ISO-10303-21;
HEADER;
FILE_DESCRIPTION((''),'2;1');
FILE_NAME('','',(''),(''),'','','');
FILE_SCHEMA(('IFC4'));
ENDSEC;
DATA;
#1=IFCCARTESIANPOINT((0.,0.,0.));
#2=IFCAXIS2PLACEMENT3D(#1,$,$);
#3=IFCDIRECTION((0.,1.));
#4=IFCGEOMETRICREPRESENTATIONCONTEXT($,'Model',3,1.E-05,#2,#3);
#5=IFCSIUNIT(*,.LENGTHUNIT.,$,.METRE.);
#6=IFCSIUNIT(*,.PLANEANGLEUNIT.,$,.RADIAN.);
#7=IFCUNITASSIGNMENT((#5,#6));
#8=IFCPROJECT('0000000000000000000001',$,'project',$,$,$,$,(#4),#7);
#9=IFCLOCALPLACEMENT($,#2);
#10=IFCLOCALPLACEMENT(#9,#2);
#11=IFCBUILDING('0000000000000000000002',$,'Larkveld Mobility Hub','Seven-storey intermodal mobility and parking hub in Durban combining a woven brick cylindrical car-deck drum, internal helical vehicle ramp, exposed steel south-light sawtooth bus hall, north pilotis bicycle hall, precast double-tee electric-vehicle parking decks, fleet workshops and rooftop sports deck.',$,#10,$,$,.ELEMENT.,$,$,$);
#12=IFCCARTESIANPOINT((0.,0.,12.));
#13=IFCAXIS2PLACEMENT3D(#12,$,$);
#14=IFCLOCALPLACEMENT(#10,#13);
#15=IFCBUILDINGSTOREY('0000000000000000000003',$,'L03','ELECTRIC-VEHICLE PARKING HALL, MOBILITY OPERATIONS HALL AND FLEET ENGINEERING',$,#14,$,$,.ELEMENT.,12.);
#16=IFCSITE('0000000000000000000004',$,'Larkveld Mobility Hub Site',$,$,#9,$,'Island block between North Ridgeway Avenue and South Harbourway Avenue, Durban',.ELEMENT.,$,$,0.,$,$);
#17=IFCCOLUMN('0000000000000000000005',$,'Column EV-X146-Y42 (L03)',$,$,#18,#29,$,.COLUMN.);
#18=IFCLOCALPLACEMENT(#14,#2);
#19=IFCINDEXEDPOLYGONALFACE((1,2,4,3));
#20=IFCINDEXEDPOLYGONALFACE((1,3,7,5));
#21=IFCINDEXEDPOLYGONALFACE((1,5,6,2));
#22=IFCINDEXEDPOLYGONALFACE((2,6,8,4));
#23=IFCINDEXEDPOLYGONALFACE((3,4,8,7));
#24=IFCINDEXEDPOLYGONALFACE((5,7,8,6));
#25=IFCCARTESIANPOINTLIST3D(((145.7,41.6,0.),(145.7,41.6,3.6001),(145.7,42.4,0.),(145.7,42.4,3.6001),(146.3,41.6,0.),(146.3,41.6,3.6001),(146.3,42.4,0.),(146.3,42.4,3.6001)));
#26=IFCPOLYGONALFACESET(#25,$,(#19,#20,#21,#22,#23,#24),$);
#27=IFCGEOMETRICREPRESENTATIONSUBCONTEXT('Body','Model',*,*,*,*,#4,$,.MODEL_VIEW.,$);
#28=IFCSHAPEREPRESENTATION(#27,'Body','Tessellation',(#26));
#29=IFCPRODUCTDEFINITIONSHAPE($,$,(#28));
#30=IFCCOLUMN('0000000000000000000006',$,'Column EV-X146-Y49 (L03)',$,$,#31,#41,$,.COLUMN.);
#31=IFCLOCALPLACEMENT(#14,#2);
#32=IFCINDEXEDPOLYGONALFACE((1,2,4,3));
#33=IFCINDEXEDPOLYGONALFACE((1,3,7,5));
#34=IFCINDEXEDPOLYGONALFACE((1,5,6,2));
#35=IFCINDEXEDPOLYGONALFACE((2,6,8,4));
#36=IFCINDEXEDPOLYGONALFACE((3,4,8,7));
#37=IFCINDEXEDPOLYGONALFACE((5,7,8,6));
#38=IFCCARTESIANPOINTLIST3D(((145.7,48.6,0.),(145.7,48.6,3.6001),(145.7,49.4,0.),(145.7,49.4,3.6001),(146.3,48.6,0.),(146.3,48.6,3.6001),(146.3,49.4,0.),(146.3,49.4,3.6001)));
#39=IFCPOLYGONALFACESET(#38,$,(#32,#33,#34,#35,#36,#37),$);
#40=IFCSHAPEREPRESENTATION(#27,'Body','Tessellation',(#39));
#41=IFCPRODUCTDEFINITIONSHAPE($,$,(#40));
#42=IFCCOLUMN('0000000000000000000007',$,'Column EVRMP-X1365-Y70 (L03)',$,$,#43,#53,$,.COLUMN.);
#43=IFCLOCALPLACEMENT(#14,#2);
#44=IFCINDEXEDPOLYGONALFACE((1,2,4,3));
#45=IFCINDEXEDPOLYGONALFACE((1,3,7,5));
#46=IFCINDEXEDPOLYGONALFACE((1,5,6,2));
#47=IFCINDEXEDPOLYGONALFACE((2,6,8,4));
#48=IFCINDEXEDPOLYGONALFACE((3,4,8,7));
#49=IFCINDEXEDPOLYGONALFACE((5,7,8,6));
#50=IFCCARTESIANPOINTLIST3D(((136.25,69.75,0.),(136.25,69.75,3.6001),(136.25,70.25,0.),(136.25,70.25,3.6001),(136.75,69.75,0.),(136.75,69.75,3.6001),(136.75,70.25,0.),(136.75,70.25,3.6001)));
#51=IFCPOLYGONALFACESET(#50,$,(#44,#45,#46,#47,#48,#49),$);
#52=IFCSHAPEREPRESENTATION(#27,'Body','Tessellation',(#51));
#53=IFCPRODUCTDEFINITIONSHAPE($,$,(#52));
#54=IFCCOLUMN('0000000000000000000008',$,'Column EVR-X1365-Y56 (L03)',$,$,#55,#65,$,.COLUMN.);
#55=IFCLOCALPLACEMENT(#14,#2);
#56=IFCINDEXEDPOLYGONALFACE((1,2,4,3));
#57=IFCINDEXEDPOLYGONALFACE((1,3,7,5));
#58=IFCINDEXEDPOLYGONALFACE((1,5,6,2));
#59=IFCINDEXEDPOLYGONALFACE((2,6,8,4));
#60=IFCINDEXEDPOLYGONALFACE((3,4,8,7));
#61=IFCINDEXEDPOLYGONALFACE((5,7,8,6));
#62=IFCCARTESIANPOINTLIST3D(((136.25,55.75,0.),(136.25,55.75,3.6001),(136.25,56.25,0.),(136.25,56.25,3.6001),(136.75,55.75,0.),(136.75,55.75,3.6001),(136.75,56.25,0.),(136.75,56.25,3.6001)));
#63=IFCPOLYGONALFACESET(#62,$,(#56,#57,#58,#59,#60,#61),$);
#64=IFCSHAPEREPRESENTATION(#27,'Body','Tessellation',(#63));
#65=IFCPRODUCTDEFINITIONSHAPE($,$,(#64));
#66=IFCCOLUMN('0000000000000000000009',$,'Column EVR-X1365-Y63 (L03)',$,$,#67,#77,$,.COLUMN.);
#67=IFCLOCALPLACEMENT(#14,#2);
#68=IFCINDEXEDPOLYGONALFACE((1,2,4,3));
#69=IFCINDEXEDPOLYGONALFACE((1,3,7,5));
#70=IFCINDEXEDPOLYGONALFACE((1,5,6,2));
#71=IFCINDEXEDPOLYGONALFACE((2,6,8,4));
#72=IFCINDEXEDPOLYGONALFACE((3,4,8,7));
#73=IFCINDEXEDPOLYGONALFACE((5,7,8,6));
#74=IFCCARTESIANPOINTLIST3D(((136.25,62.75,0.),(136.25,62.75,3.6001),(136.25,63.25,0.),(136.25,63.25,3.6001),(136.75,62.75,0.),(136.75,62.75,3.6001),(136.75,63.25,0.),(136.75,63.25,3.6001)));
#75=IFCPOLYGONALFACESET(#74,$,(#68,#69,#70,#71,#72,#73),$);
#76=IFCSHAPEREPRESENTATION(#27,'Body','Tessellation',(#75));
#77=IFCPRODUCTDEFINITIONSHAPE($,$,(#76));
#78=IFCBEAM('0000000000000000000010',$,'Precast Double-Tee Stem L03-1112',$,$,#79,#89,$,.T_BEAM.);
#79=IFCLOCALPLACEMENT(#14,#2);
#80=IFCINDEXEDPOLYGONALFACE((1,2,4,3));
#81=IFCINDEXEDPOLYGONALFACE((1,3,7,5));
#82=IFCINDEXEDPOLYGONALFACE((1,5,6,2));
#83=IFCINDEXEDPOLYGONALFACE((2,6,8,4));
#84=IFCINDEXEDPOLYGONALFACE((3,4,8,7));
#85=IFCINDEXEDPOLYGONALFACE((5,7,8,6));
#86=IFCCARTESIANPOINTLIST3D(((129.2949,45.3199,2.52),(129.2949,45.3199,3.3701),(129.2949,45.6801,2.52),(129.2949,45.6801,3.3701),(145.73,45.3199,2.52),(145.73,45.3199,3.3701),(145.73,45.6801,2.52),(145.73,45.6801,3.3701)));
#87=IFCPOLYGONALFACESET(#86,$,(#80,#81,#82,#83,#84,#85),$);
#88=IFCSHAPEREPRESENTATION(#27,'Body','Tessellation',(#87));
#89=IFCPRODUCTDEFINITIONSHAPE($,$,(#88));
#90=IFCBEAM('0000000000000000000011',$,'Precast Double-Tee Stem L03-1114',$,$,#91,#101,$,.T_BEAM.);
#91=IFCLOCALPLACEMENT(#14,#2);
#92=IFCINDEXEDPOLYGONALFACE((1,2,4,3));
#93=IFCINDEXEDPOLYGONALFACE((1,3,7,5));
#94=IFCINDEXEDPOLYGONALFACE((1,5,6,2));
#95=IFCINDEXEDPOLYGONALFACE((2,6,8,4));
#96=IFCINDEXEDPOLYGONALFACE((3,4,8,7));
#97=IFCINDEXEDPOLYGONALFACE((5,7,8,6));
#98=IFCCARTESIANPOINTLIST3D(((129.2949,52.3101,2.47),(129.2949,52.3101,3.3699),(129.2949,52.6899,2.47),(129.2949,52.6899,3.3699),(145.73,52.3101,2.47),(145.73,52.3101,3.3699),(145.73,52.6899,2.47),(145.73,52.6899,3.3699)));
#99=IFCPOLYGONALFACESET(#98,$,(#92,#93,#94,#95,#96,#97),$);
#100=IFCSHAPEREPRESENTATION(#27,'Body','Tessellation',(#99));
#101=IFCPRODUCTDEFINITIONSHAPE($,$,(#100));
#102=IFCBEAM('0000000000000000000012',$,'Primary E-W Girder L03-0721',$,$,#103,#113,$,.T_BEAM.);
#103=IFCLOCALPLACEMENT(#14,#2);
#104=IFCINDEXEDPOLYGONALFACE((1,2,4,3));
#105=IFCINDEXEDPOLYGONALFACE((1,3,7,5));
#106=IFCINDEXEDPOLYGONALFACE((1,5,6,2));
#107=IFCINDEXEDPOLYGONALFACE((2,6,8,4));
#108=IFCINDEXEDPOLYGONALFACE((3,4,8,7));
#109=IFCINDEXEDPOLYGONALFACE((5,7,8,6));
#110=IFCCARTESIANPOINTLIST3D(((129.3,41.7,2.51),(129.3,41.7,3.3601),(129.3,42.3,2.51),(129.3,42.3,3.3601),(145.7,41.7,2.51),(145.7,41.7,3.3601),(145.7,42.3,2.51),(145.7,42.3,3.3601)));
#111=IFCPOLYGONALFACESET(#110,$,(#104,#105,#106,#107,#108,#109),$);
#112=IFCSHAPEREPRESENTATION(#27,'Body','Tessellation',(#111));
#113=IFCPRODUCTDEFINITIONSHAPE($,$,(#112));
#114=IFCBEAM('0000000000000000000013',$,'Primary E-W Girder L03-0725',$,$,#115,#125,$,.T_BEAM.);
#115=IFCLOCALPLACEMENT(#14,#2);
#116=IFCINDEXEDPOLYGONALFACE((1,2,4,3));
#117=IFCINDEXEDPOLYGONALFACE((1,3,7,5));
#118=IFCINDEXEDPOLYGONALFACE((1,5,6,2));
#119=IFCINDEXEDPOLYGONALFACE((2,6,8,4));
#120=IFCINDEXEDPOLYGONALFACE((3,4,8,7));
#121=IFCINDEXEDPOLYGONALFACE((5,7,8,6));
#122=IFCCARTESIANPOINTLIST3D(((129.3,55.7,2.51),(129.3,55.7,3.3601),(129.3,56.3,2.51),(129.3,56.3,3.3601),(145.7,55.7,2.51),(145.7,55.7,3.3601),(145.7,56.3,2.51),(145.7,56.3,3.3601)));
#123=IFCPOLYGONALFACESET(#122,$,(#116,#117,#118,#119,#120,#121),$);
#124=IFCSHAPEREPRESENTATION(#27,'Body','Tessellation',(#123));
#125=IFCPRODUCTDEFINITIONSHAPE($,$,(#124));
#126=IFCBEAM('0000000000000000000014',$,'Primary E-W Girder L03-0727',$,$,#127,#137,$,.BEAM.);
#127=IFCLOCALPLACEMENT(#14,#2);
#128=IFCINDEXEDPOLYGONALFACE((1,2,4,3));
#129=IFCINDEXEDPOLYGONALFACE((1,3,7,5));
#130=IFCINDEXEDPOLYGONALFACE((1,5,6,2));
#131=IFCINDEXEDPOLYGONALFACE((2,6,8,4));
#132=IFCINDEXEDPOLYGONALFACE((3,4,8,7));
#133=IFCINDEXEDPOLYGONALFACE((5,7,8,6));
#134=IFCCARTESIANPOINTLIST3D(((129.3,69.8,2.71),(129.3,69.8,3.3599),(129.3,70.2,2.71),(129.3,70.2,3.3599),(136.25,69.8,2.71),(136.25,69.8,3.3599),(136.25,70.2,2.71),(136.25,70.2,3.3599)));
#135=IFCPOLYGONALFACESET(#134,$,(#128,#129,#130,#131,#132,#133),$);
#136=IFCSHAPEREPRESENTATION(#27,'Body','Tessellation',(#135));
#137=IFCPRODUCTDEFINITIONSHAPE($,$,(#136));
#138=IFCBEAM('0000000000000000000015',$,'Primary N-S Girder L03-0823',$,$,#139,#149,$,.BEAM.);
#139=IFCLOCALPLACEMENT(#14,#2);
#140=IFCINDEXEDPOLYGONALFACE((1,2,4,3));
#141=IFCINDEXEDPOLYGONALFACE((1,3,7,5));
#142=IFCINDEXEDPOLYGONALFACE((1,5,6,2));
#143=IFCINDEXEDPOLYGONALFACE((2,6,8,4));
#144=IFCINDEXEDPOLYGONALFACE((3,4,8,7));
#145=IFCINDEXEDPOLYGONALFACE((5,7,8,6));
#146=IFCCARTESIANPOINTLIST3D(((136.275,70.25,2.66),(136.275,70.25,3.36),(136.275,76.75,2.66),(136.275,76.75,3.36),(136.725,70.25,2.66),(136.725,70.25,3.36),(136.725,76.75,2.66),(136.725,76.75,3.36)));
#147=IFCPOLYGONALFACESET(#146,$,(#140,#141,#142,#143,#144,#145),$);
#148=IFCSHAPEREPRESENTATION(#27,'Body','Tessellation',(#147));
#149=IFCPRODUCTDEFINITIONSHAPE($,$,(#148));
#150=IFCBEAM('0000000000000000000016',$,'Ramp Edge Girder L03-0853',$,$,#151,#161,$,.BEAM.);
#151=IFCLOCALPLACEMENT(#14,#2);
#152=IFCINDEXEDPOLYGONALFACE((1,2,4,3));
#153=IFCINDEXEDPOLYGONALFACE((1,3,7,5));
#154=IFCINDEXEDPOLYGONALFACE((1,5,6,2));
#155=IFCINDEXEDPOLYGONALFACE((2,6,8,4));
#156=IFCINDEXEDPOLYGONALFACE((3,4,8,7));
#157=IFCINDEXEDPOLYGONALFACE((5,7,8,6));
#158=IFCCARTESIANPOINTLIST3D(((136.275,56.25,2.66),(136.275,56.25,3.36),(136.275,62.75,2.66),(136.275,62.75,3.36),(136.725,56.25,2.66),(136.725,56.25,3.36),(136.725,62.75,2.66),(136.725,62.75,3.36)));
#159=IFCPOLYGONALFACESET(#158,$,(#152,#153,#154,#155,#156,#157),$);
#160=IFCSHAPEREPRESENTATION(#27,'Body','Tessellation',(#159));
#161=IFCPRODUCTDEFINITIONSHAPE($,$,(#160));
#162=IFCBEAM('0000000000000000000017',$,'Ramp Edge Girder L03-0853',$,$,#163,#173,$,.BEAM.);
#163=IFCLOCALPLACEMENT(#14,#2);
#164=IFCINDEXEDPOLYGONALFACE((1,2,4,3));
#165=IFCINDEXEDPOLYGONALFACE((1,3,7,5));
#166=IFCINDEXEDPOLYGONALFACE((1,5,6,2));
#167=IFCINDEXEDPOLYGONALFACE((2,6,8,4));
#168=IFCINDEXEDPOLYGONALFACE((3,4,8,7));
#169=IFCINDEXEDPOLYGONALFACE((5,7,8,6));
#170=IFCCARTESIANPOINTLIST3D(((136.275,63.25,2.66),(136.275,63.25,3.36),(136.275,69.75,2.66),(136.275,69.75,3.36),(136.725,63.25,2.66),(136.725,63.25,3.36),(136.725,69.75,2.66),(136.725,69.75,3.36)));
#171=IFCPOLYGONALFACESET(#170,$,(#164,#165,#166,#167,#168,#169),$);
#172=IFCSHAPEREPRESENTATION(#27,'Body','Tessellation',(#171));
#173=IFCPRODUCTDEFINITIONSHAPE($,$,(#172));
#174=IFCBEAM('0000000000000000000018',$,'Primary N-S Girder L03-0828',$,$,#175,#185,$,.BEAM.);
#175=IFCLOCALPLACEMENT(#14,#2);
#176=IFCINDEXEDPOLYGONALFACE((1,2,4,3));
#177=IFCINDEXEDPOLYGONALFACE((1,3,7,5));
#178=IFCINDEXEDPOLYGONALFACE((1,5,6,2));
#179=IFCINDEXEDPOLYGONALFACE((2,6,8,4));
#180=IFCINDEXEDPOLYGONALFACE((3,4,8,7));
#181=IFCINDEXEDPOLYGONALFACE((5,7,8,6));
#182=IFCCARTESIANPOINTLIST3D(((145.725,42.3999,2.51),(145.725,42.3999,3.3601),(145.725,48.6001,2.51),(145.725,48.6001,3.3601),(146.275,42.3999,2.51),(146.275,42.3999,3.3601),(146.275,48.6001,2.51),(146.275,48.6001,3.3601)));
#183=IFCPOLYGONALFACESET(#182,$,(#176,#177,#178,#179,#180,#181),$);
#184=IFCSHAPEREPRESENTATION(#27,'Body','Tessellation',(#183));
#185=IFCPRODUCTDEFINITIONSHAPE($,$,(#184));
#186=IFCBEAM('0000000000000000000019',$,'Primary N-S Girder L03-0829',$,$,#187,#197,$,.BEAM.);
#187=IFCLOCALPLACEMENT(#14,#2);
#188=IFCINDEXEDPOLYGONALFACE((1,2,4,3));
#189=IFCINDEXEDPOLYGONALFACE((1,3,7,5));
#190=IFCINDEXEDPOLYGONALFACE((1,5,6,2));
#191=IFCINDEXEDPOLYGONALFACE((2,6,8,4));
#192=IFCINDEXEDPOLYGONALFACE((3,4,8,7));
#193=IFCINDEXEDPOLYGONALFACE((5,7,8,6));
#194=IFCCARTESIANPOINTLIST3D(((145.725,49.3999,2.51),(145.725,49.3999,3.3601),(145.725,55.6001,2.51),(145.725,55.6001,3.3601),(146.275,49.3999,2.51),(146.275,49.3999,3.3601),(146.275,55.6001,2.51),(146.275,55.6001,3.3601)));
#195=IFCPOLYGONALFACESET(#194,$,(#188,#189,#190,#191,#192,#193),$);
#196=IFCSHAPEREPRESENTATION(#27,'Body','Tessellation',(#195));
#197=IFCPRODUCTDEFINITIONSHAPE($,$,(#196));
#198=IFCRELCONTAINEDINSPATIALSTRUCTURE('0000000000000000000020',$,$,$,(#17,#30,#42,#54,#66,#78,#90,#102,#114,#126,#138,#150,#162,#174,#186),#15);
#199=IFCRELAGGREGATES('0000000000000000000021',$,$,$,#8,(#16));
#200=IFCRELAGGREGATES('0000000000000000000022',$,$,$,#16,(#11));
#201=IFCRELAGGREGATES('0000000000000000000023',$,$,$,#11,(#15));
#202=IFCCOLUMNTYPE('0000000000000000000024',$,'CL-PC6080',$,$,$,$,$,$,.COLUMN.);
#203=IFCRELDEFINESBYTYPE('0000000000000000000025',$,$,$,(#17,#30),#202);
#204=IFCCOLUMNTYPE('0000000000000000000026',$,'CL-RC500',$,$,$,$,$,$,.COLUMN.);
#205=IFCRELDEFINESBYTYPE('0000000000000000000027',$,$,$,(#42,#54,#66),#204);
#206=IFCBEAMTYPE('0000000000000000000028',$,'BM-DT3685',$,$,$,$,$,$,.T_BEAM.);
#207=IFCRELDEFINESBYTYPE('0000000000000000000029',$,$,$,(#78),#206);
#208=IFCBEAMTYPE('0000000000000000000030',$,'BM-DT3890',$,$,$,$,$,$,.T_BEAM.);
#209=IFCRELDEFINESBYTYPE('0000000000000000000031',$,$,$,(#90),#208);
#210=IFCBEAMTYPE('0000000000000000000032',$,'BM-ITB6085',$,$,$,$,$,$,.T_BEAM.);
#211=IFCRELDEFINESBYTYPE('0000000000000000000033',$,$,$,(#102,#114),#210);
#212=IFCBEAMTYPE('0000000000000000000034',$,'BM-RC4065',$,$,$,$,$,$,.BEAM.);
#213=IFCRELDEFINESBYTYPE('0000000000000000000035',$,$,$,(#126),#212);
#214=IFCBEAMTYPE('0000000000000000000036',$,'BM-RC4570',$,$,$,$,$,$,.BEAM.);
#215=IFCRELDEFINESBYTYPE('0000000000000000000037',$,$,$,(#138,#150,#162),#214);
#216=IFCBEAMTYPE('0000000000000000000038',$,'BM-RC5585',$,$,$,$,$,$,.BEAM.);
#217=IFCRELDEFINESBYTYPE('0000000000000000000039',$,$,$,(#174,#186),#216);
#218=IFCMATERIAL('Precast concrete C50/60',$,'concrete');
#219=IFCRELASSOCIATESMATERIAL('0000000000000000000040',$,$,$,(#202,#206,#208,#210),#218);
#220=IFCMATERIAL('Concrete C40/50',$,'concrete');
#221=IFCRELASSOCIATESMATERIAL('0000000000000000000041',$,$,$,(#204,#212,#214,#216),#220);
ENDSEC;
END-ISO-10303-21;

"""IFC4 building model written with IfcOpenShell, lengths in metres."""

from ifc_helpers import new_model, si_unit, direction, frame, origin, origin_2d, place, context, subcontext, project, spatial, rectangle, extrude, material, material_profile, profile_set, type_object, element, save


model = new_model("IFC4")

# Units and contexts
model_context = context("Model", 3, precision=1e-05, world=origin(), true_north=direction((0.0, 1.0)))
body_context = subcontext(model_context, "Body", "Model", "MODEL_VIEW")
ifc_project = project(units=[si_unit("LENGTHUNIT", "METRE"), si_unit("PLANEANGLEUNIT", "RADIAN")], contexts=[model_context])

# Site, building, storey
site_placement = place(None, origin())
site = spatial("IfcSite", under=ifc_project, at=site_placement, Name="Larkveld Mobility Hub Site", LongName="Island block between North Ridgeway Avenue and South Harbourway Avenue, Durban", CompositionType="ELEMENT", RefElevation=0.0)
building_placement = place(site_placement, origin())
building = spatial("IfcBuilding", under=site, at=building_placement, Name="Larkveld Mobility Hub", Description="Seven-storey intermodal mobility and parking hub in Durban combining a woven brick cylindrical car-deck drum, internal helical vehicle ramp, exposed steel south-light sawtooth bus hall, north pilotis bicycle hall, precast double-tee electric-vehicle parking decks, fleet workshops and rooftop sports deck.", CompositionType="ELEMENT")
storey_placement = place(building_placement, frame((0.0, 0.0, 12.0)))
storey = spatial("IfcBuildingStorey", under=building, at=storey_placement, Name="L03", Description="ELECTRIC-VEHICLE PARKING HALL, MOBILITY OPERATIONS HALL AND FLEET ENGINEERING", CompositionType="ELEMENT", Elevation=12.0)

# Columns
ifc_material_1 = material(Name="Precast concrete C50/60", Category="concrete")
ifc_material_profile_1 = material_profile(ifc_material_1, rectangle(XDim=0.6001, YDim=0.8, at=origin_2d()), Name="RC COL 600x800")
ifc_profile_set_1 = profile_set([ifc_material_profile_1], Name="Precast concrete C50/60")
column_type_1 = type_object("IfcColumnType", Name="CL-PC6080", PredefinedType="COLUMN", material=ifc_profile_set_1)
for number, where, z_axis, x_axis, name in (
    (1, (146.0, 42.0, 0.0), (0.0, 0.0, 1.0), (1.0, 0.0, 0.0), "Column EV-X146-Y42 (L03)"),
    (2, (146.0, 49.0, 0.0), (0.0, 0.0, 1.0), (1.0, 0.0, 0.0), "Column EV-X146-Y49 (L03)"),
):
    element("IfcColumn", number, at=place(storey_placement, frame(where, z_axis=z_axis, x_axis=x_axis)), inside=storey, type_object=column_type_1, Name=name, PredefinedType="COLUMN", context=body_context, shape_type="SweptSolid", body=[
        extrude(rectangle(XDim=0.6001, YDim=0.8, at=origin_2d()), origin(), (0.0, 0.0, 1.0), 3.6001),
    ])
ifc_material_2 = material(Name="Concrete C40/50", Category="concrete")
ifc_material_profile_2 = material_profile(ifc_material_2, rectangle(XDim=0.5, YDim=0.5, at=origin_2d()), Name="RC COL 500x500")
ifc_profile_set_2 = profile_set([ifc_material_profile_2], Name="Concrete C40/50")
column_type_2 = type_object("IfcColumnType", Name="CL-RC500", PredefinedType="COLUMN", material=ifc_profile_set_2)
for number, where, z_axis, x_axis, name in (
    (3, (136.5, 70.0, 0.0), (0.0, 0.0, 1.0), (1.0, 0.0, 0.0), "Column EVRMP-X1365-Y70 (L03)"),
    (4, (136.5, 56.0, 0.0), (0.0, 0.0, 1.0), (1.0, 0.0, 0.0), "Column EVR-X1365-Y56 (L03)"),
    (5, (136.5, 63.0, 0.0), (0.0, 0.0, 1.0), (1.0, 0.0, 0.0), "Column EVR-X1365-Y63 (L03)"),
):
    element("IfcColumn", number, at=place(storey_placement, frame(where, z_axis=z_axis, x_axis=x_axis)), inside=storey, type_object=column_type_2, Name=name, PredefinedType="COLUMN", context=body_context, shape_type="SweptSolid", body=[
        extrude(rectangle(XDim=0.5, YDim=0.5, at=origin_2d()), origin(), (0.0, 0.0, 1.0), 3.6001),
    ])

# Beams
ifc_material_profile_3 = material_profile(ifc_material_1, rectangle(XDim=0.3601, YDim=0.8501, at=origin_2d()), Name="PC DT 360x850")
ifc_profile_set_3 = profile_set([ifc_material_profile_3], Name="Precast concrete C50/60")
beam_type_1 = type_object("IfcBeamType", Name="BM-DT3685", PredefinedType="T_BEAM", material=ifc_profile_set_3)
beam_1_placement = place(storey_placement, frame((129.2949, 45.5, 2.9451), z_axis=(1.0, 0.0, 0.0), x_axis=(0.0, 1.0, 0.0)))
element("IfcBeam", 6, at=beam_1_placement, inside=storey, type_object=beam_type_1, Name="Precast Double-Tee Stem L03-1112", PredefinedType="T_BEAM", context=body_context, shape_type="SweptSolid", body=[
    extrude(rectangle(XDim=0.3601, YDim=0.8501, at=origin_2d()), origin(), (0.0, 0.0, 1.0), 16.4351),
])
ifc_material_profile_4 = material_profile(ifc_material_1, rectangle(XDim=0.3799, YDim=0.8999, at=origin_2d()), Name="PC DT 380x900")
ifc_profile_set_4 = profile_set([ifc_material_profile_4], Name="Precast concrete C50/60")
beam_type_2 = type_object("IfcBeamType", Name="BM-DT3890", PredefinedType="T_BEAM", material=ifc_profile_set_4)
beam_2_placement = place(storey_placement, frame((129.2949, 52.5, 2.9199), z_axis=(1.0, 0.0, 0.0), x_axis=(0.0, 1.0, 0.0)))
element("IfcBeam", 7, at=beam_2_placement, inside=storey, type_object=beam_type_2, Name="Precast Double-Tee Stem L03-1114", PredefinedType="T_BEAM", context=body_context, shape_type="SweptSolid", body=[
    extrude(rectangle(XDim=0.3799, YDim=0.8999, at=origin_2d()), origin(), (0.0, 0.0, 1.0), 16.4351),
])
ifc_material_profile_5 = material_profile(ifc_material_1, rectangle(XDim=0.6001, YDim=0.8501, at=origin_2d()), Name="PC ITB 600x850")
ifc_profile_set_5 = profile_set([ifc_material_profile_5], Name="Precast concrete C50/60")
beam_type_3 = type_object("IfcBeamType", Name="BM-ITB6085", PredefinedType="T_BEAM", material=ifc_profile_set_5)
for number, where, z_axis, x_axis, name in (
    (8, (129.3, 42.0, 2.9351), (1.0, 0.0, 0.0), (0.0, 1.0, 0.0), "Primary E-W Girder L03-0721"),
    (9, (129.3, 56.0, 2.9351), (1.0, 0.0, 0.0), (0.0, 1.0, 0.0), "Primary E-W Girder L03-0725"),
):
    element("IfcBeam", number, at=place(storey_placement, frame(where, z_axis=z_axis, x_axis=x_axis)), inside=storey, type_object=beam_type_3, Name=name, PredefinedType="T_BEAM", context=body_context, shape_type="SweptSolid", body=[
        extrude(rectangle(XDim=0.6001, YDim=0.8501, at=origin_2d()), origin(), (0.0, 0.0, 1.0), 16.3999),
    ])
ifc_material_profile_6 = material_profile(ifc_material_2, rectangle(XDim=0.3999, YDim=0.6499, at=origin_2d()), Name="RC BM 400x650")
ifc_profile_set_6 = profile_set([ifc_material_profile_6], Name="Concrete C40/50")
beam_type_4 = type_object("IfcBeamType", Name="BM-RC4065", PredefinedType="BEAM", material=ifc_profile_set_6)
beam_3_placement = place(storey_placement, frame((129.3, 70.0, 3.0349), z_axis=(1.0, 0.0, 0.0), x_axis=(0.0, 1.0, 0.0)))
element("IfcBeam", 10, at=beam_3_placement, inside=storey, type_object=beam_type_4, Name="Primary E-W Girder L03-0727", PredefinedType="BEAM", context=body_context, shape_type="SweptSolid", body=[
    extrude(rectangle(XDim=0.3999, YDim=0.6499, at=origin_2d()), origin(), (0.0, 0.0, 1.0), 6.95),
])
ifc_material_profile_7 = material_profile(ifc_material_2, rectangle(XDim=0.45, YDim=0.7, at=origin_2d()), Name="RC BM 450x700")
ifc_profile_set_7 = profile_set([ifc_material_profile_7], Name="Concrete C40/50")
beam_type_5 = type_object("IfcBeamType", Name="BM-RC4570", PredefinedType="BEAM", material=ifc_profile_set_7)
for number, where, z_axis, x_axis, name in (
    (11, (136.5, 70.25, 3.01), (0.0, 1.0, 0.0), (-1.0, 0.0, 0.0), "Primary N-S Girder L03-0823"),
    (12, (136.5, 56.25, 3.01), (0.0, 1.0, 0.0), (-1.0, 0.0, 0.0), "Ramp Edge Girder L03-0853"),
    (13, (136.5, 63.25, 3.01), (0.0, 1.0, 0.0), (-1.0, 0.0, 0.0), "Ramp Edge Girder L03-0853"),
):
    element("IfcBeam", number, at=place(storey_placement, frame(where, z_axis=z_axis, x_axis=x_axis)), inside=storey, type_object=beam_type_5, Name=name, PredefinedType="BEAM", context=body_context, shape_type="SweptSolid", body=[
        extrude(rectangle(XDim=0.45, YDim=0.7, at=origin_2d()), origin(), (0.0, 0.0, 1.0), 6.5),
    ])
ifc_material_profile_8 = material_profile(ifc_material_2, rectangle(XDim=0.55, YDim=0.8501, at=origin_2d()), Name="RC BM 550x850")
ifc_profile_set_8 = profile_set([ifc_material_profile_8], Name="Concrete C40/50")
beam_type_6 = type_object("IfcBeamType", Name="BM-RC5585", PredefinedType="BEAM", material=ifc_profile_set_8)
for number, where, z_axis, x_axis, name in (
    (14, (146.0, 42.3999, 2.9351), (0.0, 1.0, 0.0), (-1.0, 0.0, 0.0), "Primary N-S Girder L03-0828"),
    (15, (146.0, 49.3999, 2.9351), (0.0, 1.0, 0.0), (-1.0, 0.0, 0.0), "Primary N-S Girder L03-0829"),
):
    element("IfcBeam", number, at=place(storey_placement, frame(where, z_axis=z_axis, x_axis=x_axis)), inside=storey, type_object=beam_type_6, Name=name, PredefinedType="BEAM", context=body_context, shape_type="SweptSolid", body=[
        extrude(rectangle(XDim=0.55, YDim=0.8501, at=origin_2d()), origin(), (0.0, 0.0, 1.0), 6.2002),
    ])

save(model, "model.ifc")
